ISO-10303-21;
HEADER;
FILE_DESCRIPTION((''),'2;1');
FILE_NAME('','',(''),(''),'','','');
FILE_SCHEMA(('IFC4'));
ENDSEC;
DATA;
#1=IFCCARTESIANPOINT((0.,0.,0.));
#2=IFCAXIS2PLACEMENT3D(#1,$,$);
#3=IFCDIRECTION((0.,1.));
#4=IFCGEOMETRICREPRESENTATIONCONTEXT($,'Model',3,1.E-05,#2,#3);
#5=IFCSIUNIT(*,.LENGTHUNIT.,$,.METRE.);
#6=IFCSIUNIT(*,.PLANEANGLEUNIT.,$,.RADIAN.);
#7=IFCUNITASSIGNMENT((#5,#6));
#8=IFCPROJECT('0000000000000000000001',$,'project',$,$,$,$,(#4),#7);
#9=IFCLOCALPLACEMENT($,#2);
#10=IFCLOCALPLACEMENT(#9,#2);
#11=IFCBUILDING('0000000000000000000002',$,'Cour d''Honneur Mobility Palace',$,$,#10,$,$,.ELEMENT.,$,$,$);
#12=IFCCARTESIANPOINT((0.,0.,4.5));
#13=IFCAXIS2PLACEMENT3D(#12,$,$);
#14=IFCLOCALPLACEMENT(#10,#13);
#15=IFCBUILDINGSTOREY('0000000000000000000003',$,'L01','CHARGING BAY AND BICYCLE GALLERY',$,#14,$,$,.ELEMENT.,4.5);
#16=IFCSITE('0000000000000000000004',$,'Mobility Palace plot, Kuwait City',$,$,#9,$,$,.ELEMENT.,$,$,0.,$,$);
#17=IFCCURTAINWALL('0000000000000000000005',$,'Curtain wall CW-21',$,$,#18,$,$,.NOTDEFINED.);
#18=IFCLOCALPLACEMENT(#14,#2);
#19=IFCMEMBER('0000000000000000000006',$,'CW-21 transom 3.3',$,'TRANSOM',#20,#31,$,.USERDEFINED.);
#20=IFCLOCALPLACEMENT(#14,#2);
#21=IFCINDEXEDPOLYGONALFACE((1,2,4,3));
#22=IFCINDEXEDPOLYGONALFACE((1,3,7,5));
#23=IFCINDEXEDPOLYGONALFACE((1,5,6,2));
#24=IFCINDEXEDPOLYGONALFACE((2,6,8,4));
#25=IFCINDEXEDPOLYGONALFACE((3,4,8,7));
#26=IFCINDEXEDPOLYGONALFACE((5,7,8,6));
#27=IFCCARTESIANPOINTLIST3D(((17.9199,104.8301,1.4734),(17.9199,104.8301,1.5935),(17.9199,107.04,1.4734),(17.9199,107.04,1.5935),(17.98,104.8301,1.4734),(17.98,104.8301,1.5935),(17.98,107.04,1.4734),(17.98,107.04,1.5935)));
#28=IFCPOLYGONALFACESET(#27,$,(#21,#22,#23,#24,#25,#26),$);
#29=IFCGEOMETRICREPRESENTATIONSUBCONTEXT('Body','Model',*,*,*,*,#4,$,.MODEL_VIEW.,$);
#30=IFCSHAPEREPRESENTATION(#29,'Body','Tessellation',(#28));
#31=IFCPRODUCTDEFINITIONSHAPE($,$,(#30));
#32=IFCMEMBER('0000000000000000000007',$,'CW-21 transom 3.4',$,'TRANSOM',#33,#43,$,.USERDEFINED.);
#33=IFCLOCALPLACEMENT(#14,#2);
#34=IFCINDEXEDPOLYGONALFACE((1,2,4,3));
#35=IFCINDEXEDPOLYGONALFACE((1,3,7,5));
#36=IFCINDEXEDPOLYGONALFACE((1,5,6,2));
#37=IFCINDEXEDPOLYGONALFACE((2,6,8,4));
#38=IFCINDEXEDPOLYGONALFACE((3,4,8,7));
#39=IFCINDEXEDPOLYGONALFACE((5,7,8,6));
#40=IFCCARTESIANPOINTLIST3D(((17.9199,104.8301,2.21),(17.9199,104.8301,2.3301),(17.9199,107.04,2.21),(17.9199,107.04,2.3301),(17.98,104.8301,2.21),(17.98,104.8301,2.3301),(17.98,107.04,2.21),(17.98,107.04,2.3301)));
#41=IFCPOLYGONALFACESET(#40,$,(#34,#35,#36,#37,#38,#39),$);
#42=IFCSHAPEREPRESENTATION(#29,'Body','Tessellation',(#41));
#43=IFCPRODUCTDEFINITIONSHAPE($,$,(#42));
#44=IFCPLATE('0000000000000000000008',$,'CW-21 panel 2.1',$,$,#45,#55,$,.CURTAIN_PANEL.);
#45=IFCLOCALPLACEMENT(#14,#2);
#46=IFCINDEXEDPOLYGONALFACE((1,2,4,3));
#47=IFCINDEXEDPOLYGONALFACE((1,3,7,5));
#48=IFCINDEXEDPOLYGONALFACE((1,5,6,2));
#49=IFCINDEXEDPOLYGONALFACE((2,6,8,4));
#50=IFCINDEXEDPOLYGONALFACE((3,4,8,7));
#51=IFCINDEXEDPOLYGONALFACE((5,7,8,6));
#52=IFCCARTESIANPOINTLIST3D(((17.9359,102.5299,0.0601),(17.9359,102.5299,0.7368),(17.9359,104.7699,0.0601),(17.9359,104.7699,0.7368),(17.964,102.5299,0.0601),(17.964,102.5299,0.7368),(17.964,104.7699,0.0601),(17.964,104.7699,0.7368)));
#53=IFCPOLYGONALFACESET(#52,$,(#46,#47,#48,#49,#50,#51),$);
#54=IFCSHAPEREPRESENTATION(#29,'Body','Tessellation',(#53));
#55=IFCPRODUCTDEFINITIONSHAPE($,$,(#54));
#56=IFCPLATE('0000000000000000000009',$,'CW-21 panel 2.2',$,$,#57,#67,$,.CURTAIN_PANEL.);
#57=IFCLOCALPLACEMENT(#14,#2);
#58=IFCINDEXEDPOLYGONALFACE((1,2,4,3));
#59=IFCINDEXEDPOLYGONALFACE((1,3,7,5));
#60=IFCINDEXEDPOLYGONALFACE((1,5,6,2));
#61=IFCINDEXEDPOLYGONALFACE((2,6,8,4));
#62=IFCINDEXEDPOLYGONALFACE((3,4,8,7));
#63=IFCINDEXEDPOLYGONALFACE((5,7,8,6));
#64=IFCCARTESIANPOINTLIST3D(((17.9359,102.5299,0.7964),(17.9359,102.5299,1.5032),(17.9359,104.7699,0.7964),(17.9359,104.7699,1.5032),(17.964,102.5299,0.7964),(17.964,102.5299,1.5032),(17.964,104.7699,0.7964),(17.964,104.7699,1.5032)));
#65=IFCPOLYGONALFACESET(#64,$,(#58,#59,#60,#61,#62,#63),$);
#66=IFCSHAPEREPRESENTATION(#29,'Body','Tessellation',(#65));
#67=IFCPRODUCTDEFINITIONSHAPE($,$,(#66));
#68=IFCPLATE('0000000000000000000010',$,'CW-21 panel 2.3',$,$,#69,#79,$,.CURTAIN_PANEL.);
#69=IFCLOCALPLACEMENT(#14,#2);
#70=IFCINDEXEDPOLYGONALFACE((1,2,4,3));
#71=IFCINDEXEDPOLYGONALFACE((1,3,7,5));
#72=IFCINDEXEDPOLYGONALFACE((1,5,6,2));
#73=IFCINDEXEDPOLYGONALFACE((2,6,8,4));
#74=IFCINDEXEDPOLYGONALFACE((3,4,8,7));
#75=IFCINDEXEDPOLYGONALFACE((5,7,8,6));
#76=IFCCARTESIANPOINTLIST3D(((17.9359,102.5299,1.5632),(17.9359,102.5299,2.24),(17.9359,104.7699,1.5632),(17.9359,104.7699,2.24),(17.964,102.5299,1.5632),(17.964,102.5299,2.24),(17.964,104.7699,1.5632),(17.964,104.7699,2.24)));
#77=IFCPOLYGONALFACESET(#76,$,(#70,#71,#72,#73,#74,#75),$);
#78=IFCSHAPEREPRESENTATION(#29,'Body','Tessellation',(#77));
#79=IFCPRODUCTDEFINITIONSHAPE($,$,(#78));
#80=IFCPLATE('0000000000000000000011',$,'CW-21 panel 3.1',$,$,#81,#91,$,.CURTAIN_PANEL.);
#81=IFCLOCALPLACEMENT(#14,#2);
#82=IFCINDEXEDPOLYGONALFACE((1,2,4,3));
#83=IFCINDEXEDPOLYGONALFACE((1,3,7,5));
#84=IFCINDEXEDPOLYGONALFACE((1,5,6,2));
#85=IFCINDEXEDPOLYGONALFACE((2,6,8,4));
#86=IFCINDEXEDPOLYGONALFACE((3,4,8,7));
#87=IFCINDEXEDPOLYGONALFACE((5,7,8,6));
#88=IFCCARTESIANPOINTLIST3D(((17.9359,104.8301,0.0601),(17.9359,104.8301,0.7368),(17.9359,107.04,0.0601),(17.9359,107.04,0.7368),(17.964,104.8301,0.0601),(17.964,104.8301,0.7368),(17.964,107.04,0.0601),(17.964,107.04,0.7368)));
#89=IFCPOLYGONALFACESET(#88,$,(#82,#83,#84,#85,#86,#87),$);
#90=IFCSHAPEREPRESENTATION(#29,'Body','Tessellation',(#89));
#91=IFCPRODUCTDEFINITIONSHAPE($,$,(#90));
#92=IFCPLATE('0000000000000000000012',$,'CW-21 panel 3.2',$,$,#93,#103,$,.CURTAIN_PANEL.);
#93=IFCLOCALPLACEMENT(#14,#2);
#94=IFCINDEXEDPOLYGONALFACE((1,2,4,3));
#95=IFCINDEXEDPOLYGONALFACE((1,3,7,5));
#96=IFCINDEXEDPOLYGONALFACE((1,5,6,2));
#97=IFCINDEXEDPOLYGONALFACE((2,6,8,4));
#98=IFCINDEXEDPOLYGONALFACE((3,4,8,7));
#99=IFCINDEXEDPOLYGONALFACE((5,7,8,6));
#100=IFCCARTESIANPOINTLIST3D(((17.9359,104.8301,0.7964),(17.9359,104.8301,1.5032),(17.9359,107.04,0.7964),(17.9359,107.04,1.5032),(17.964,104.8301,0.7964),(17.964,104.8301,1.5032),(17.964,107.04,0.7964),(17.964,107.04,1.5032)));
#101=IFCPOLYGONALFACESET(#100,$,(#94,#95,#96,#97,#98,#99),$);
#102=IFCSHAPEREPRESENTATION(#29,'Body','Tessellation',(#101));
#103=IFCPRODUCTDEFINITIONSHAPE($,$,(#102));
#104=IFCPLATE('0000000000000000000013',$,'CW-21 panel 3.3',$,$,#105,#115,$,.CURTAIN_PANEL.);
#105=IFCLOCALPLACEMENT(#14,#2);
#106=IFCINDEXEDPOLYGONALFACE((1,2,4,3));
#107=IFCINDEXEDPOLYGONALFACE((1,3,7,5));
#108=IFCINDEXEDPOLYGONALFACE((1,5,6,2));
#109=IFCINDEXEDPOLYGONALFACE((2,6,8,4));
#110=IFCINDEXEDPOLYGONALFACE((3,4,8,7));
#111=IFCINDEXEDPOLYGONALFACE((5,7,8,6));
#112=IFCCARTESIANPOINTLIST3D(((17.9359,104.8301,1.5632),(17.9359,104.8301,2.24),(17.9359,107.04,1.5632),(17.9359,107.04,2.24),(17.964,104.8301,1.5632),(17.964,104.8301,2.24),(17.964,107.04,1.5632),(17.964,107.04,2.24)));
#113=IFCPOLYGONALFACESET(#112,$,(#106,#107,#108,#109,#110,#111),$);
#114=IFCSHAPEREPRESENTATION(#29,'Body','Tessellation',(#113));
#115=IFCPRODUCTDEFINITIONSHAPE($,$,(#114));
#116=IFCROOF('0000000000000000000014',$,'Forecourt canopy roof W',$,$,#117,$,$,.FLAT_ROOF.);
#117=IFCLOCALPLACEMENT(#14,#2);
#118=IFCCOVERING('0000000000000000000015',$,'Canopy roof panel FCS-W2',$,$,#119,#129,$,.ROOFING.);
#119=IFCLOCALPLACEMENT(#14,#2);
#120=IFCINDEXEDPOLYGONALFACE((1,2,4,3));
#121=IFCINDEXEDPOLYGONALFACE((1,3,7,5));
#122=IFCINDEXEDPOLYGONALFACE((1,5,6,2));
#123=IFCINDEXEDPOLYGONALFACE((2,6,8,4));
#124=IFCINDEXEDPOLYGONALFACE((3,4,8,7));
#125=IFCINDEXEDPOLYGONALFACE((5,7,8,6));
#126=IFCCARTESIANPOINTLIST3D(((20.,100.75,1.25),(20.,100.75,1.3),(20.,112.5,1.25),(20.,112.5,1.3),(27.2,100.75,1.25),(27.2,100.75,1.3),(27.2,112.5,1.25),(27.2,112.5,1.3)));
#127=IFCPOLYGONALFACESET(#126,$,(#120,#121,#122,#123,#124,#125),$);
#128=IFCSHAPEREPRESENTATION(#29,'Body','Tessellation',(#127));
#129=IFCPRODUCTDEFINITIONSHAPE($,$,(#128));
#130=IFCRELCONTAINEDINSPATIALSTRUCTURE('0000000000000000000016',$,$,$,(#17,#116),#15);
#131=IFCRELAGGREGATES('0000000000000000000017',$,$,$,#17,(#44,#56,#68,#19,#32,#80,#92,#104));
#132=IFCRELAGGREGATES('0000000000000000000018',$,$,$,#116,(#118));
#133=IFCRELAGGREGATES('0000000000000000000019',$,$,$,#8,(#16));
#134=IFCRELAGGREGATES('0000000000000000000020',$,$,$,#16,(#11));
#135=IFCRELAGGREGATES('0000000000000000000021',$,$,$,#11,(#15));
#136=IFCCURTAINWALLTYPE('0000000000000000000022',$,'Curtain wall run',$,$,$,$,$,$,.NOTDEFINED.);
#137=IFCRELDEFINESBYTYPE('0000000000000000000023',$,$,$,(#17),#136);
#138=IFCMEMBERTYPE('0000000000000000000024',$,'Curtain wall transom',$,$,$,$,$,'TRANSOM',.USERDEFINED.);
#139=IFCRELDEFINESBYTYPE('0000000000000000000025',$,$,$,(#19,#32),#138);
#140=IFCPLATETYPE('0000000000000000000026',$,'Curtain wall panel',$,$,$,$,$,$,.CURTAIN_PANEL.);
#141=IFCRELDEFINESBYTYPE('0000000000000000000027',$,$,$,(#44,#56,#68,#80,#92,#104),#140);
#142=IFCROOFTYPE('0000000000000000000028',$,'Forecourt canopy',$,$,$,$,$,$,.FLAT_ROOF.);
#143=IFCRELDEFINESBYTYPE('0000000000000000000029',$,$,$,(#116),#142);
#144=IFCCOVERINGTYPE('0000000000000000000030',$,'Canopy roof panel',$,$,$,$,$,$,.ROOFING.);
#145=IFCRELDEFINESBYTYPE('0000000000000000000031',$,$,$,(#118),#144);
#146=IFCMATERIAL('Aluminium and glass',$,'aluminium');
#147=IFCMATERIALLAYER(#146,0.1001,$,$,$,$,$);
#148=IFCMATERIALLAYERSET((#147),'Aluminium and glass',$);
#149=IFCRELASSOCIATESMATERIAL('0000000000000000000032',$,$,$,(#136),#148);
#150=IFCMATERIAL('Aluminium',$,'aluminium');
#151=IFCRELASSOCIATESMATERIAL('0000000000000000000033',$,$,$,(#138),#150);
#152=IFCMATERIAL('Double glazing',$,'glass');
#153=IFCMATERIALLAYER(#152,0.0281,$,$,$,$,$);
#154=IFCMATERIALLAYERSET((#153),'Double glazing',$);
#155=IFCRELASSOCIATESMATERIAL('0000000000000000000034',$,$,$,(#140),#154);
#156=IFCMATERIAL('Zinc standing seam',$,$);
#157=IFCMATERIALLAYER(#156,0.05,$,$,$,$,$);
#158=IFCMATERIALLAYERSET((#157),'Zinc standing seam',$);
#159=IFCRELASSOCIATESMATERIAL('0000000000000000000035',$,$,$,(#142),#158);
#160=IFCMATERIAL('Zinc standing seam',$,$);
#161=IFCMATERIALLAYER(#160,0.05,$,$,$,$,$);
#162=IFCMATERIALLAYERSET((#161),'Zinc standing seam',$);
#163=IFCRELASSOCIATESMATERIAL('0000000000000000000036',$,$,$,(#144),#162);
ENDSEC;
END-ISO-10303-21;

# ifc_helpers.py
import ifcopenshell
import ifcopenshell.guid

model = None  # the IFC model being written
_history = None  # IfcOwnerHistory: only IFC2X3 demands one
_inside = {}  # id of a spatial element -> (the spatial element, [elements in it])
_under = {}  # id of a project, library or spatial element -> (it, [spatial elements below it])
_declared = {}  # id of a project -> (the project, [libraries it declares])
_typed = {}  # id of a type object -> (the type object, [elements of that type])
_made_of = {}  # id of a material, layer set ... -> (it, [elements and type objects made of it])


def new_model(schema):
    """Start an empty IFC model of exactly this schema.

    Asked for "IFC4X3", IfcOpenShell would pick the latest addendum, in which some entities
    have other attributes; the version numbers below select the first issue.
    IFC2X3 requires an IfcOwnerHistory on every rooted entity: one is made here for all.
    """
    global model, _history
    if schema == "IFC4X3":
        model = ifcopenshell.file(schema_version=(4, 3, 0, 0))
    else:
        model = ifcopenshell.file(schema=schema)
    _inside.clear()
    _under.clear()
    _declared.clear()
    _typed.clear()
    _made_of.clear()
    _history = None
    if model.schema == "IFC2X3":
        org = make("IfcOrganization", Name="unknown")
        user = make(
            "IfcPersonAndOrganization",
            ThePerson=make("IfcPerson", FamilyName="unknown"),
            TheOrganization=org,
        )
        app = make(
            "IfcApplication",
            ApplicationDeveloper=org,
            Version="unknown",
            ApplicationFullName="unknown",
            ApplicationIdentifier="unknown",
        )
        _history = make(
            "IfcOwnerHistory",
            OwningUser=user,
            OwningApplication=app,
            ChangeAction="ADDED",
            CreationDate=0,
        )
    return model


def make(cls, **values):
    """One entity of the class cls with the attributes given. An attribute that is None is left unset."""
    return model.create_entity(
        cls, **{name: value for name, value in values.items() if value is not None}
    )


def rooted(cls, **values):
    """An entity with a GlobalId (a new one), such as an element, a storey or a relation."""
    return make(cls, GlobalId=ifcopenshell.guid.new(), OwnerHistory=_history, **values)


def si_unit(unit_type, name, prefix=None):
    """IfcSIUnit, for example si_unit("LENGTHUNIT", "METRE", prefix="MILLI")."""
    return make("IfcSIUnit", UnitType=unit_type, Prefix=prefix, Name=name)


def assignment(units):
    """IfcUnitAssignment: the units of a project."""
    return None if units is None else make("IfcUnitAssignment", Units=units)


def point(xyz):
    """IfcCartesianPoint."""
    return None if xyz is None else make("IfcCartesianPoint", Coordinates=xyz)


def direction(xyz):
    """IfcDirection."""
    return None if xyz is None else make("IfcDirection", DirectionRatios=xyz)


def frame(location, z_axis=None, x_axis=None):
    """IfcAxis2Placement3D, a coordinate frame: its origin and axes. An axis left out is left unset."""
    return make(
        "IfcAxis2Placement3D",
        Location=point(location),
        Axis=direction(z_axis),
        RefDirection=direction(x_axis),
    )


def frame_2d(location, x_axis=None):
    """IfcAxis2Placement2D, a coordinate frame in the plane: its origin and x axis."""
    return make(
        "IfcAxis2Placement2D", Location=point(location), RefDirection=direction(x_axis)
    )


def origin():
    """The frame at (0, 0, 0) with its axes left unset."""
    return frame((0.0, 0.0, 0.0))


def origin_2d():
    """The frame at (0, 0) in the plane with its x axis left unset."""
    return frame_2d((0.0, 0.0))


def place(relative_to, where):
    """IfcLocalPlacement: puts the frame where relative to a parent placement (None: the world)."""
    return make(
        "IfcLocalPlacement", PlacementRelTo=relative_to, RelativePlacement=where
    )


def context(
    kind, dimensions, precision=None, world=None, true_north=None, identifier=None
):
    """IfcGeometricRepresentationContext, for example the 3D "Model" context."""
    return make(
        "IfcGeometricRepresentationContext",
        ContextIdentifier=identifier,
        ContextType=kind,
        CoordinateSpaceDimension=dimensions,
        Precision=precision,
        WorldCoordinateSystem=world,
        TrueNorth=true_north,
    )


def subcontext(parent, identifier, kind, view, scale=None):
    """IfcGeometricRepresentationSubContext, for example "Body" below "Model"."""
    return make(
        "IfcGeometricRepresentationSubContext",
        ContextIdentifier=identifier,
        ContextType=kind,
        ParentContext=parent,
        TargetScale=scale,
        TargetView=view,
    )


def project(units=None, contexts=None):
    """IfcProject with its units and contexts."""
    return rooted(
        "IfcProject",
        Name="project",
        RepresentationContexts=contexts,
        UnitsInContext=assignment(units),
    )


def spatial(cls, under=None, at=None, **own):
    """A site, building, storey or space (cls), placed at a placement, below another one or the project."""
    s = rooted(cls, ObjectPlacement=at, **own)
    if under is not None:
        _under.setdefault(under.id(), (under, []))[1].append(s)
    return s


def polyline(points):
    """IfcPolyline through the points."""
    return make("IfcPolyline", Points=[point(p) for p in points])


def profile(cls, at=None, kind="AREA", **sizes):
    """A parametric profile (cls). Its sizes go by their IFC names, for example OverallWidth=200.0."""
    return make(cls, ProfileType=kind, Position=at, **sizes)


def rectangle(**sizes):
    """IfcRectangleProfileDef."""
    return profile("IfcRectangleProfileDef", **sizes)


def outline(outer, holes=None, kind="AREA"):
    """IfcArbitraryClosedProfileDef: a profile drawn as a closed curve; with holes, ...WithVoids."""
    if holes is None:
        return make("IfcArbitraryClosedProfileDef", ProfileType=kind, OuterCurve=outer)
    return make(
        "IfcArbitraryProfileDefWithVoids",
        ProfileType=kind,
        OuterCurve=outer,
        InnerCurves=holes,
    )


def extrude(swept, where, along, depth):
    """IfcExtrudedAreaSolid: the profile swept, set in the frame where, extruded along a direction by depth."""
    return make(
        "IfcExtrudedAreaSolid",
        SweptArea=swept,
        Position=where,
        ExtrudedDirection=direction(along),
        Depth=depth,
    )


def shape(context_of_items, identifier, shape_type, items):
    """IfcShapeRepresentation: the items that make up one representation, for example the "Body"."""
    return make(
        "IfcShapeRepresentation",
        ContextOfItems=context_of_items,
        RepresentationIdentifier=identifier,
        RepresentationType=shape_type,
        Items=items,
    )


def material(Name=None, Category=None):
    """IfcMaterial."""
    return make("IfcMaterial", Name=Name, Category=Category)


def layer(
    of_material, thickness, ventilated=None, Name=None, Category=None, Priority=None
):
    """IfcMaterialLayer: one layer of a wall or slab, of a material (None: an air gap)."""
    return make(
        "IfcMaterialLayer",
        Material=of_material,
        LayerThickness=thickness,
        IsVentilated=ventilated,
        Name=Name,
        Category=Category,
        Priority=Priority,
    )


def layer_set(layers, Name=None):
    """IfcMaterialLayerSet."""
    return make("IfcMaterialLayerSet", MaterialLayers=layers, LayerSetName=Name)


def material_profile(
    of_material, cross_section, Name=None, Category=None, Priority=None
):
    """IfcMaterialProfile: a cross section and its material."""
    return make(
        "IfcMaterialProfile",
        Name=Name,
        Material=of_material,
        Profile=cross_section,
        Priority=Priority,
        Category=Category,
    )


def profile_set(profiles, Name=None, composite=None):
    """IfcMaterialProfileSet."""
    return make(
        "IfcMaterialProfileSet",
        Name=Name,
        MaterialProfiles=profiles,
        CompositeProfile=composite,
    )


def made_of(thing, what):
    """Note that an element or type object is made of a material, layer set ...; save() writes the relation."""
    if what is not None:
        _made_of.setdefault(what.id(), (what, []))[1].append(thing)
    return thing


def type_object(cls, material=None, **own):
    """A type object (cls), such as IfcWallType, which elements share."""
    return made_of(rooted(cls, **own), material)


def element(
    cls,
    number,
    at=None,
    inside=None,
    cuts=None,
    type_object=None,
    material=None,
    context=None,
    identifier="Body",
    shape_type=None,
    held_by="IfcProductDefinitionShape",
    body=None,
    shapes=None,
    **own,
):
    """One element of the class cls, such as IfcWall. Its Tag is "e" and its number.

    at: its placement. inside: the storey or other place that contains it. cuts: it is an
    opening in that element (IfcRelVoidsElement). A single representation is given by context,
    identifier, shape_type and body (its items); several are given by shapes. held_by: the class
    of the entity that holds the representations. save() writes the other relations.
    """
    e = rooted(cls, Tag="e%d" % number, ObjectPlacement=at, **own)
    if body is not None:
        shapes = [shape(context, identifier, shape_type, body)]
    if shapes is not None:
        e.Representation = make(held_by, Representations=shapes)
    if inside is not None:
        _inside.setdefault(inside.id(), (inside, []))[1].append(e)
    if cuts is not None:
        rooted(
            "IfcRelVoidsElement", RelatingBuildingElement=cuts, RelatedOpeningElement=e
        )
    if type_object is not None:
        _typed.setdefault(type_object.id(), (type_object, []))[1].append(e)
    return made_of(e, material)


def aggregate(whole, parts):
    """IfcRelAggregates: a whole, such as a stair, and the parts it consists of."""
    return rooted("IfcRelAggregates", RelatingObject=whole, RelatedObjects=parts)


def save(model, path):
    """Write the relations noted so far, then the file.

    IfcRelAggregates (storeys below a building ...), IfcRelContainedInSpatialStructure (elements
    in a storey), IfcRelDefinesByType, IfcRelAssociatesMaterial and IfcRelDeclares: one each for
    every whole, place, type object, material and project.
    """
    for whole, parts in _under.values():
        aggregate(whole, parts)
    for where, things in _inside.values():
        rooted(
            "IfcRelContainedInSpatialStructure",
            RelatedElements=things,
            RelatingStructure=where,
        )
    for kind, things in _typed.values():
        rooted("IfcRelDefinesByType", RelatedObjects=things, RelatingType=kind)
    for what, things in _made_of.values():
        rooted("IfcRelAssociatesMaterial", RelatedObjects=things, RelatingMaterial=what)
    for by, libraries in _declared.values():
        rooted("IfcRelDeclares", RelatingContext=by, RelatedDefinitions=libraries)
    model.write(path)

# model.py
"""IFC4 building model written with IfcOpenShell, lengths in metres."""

from ifc_helpers import new_model, si_unit, direction, frame, origin, origin_2d, place, context, subcontext, project, spatial, polyline, rectangle, outline, extrude, material, layer, layer_set, material_profile, profile_set, type_object, element, aggregate, save


model = new_model("IFC4")

# Units and contexts
model_context = context("Model", 3, precision=1e-05, world=origin(), true_north=direction((0.0, 1.0)))
body_context = subcontext(model_context, "Body", "Model", "MODEL_VIEW")
ifc_project = project(units=[si_unit("LENGTHUNIT", "METRE"), si_unit("PLANEANGLEUNIT", "RADIAN")], contexts=[model_context])

# Site, building, storey
site_placement = place(None, origin())
site = spatial("IfcSite", under=ifc_project, at=site_placement, Name="Mobility Palace plot, Kuwait City", CompositionType="ELEMENT", RefElevation=0.0)
building_placement = place(site_placement, origin())
building = spatial("IfcBuilding", under=site, at=building_placement, Name="Cour d'Honneur Mobility Palace", CompositionType="ELEMENT")
storey_placement = place(building_placement, frame((0.0, 0.0, 4.5)))
storey = spatial("IfcBuildingStorey", under=building, at=storey_placement, Name="L01", Description="CHARGING BAY AND BICYCLE GALLERY", CompositionType="ELEMENT", Elevation=4.5)

# Curtain wall, members, plates
ifc_material_1 = material(Name="Aluminium and glass", Category="aluminium")
ifc_layer_1 = layer(ifc_material_1, 0.1001)
ifc_layer_set_1 = layer_set([ifc_layer_1], Name="Aluminium and glass")
curtain_wall_type = type_object("IfcCurtainWallType", Name="Curtain wall run", PredefinedType="NOTDEFINED", material=ifc_layer_set_1)
curtain_wall_placement = place(storey_placement, origin())
curtain_wall = element("IfcCurtainWall", 1, at=curtain_wall_placement, inside=storey, type_object=curtain_wall_type, Name="Curtain wall CW-21", PredefinedType="NOTDEFINED")
ifc_material_2 = material(Name="Aluminium", Category="aluminium")
ifc_material_profile_1 = material_profile(ifc_material_2, rectangle(XDim=0.0601, YDim=0.1201, at=origin_2d()), Name="Curtain wall transom")
ifc_profile_set_1 = profile_set([ifc_material_profile_1], Name="Aluminium")
member_type_1 = type_object("IfcMemberType", Name="Curtain wall transom", ElementType="TRANSOM", PredefinedType="USERDEFINED", material=ifc_profile_set_1)
member_1_placement = place(storey_placement, frame((17.95, 104.8301, 1.5334), z_axis=(0.0, 1.0, 0.0), x_axis=(-1.0, 0.0, 0.0)))
member_1 = element("IfcMember", 2, at=member_1_placement, type_object=member_type_1, Name="CW-21 transom 3.3", ObjectType="TRANSOM", PredefinedType="USERDEFINED", context=body_context, shape_type="SweptSolid", body=[
    extrude(rectangle(XDim=0.0601, YDim=0.1201, at=origin_2d()), origin(), (0.0, 0.0, 1.0), 2.21),
])
member_2_placement = place(storey_placement, frame((17.95, 104.8301, 2.27), z_axis=(0.0, 1.0, 0.0), x_axis=(-1.0, 0.0, 0.0)))
member_2 = element("IfcMember", 3, at=member_2_placement, type_object=member_type_1, Name="CW-21 transom 3.4", ObjectType="TRANSOM", PredefinedType="USERDEFINED", context=body_context, shape_type="SweptSolid", body=[
    extrude(rectangle(XDim=0.0601, YDim=0.1201, at=origin_2d()), origin(), (0.0, 0.0, 1.0), 2.21),
])
ifc_material_3 = material(Name="Double glazing", Category="glass")
ifc_layer_2 = layer(ifc_material_3, 0.0281)
ifc_layer_set_2 = layer_set([ifc_layer_2], Name="Double glazing")
plate_type = type_object("IfcPlateType", Name="Curtain wall panel", PredefinedType="CURTAIN_PANEL", material=ifc_layer_set_2)
plate_1_placement = place(storey_placement, frame((17.95, 103.6499, 0.0601), z_axis=(0.0, 0.0, 1.0), x_axis=(0.0, 1.0, 0.0)))
plate_1 = element("IfcPlate", 4, at=plate_1_placement, type_object=plate_type, Name="CW-21 panel 2.1", PredefinedType="CURTAIN_PANEL", context=body_context, shape_type="SweptSolid", body=[
    extrude(rectangle(XDim=2.24, YDim=0.0281, at=origin_2d()), origin(), (0.0, 0.0, 1.0), 0.6768),
])
plate_2_placement = place(storey_placement, frame((17.95, 103.6499, 0.7964), z_axis=(0.0, 0.0, 1.0), x_axis=(0.0, 1.0, 0.0)))
plate_2 = element("IfcPlate", 5, at=plate_2_placement, type_object=plate_type, Name="CW-21 panel 2.2", PredefinedType="CURTAIN_PANEL", context=body_context, shape_type="SweptSolid", body=[
    extrude(rectangle(XDim=2.24, YDim=0.0281, at=origin_2d()), origin(), (0.0, 0.0, 1.0), 0.7068),
])
plate_3_placement = place(storey_placement, frame((17.95, 103.6499, 1.5632), z_axis=(0.0, 0.0, 1.0), x_axis=(0.0, 1.0, 0.0)))
plate_3 = element("IfcPlate", 6, at=plate_3_placement, type_object=plate_type, Name="CW-21 panel 2.3", PredefinedType="CURTAIN_PANEL", context=body_context, shape_type="SweptSolid", body=[
    extrude(rectangle(XDim=2.24, YDim=0.0281, at=origin_2d()), origin(), (0.0, 0.0, 1.0), 0.6768),
])
plate_4_placement = place(storey_placement, frame((17.95, 105.9351, 0.0601), z_axis=(0.0, 0.0, 1.0), x_axis=(0.0, 1.0, 0.0)))
plate_4 = element("IfcPlate", 7, at=plate_4_placement, type_object=plate_type, Name="CW-21 panel 3.1", PredefinedType="CURTAIN_PANEL", context=body_context, shape_type="SweptSolid", body=[
    extrude(rectangle(XDim=2.21, YDim=0.0281, at=origin_2d()), origin(), (0.0, 0.0, 1.0), 0.6768),
])
plate_5_placement = place(storey_placement, frame((17.95, 105.9351, 0.7964), z_axis=(0.0, 0.0, 1.0), x_axis=(0.0, 1.0, 0.0)))
plate_5 = element("IfcPlate", 8, at=plate_5_placement, type_object=plate_type, Name="CW-21 panel 3.2", PredefinedType="CURTAIN_PANEL", context=body_context, shape_type="SweptSolid", body=[
    extrude(rectangle(XDim=2.21, YDim=0.0281, at=origin_2d()), origin(), (0.0, 0.0, 1.0), 0.7068),
])
plate_6_placement = place(storey_placement, frame((17.95, 105.9351, 1.5632), z_axis=(0.0, 0.0, 1.0), x_axis=(0.0, 1.0, 0.0)))
plate_6 = element("IfcPlate", 9, at=plate_6_placement, type_object=plate_type, Name="CW-21 panel 3.3", PredefinedType="CURTAIN_PANEL", context=body_context, shape_type="SweptSolid", body=[
    extrude(rectangle(XDim=2.21, YDim=0.0281, at=origin_2d()), origin(), (0.0, 0.0, 1.0), 0.6768),
])
aggregate(curtain_wall, [plate_1, plate_2, plate_3, member_1, member_2, plate_4, plate_5, plate_6])

# Roof, covering
ifc_material_4 = material(Name="Zinc standing seam")
ifc_layer_3 = layer(ifc_material_4, 0.05)
ifc_layer_set_3 = layer_set([ifc_layer_3], Name="Zinc standing seam")
roof_type = type_object("IfcRoofType", Name="Forecourt canopy", PredefinedType="FLAT_ROOF", material=ifc_layer_set_3)
roof_placement = place(storey_placement, origin())
roof = element("IfcRoof", 10, at=roof_placement, inside=storey, type_object=roof_type, Name="Forecourt canopy roof W", PredefinedType="FLAT_ROOF")
ifc_material_5 = material(Name="Zinc standing seam")
ifc_layer_4 = layer(ifc_material_5, 0.05)
ifc_layer_set_4 = layer_set([ifc_layer_4], Name="Zinc standing seam")
covering_type = type_object("IfcCoveringType", Name="Canopy roof panel", PredefinedType="ROOFING", material=ifc_layer_set_4)
covering_placement = place(storey_placement, frame((20.0, 100.75, 1.3), z_axis=(0.0, 0.0, 1.0), x_axis=(1.0, 0.0, 0.0)))
covering = element("IfcCovering", 11, at=covering_placement, type_object=covering_type, Name="Canopy roof panel FCS-W2", PredefinedType="ROOFING", context=body_context, shape_type="SweptSolid", body=[
    extrude(outline(polyline([(0.0, 0.0), (7.2, 0.0), (7.2, 11.75), (0.0, 11.75), (0.0, 0.0)])), origin(), (0.0, 0.0, -1.0), 0.05),
])
aggregate(roof, [covering])

save(model, "model.ifc")
